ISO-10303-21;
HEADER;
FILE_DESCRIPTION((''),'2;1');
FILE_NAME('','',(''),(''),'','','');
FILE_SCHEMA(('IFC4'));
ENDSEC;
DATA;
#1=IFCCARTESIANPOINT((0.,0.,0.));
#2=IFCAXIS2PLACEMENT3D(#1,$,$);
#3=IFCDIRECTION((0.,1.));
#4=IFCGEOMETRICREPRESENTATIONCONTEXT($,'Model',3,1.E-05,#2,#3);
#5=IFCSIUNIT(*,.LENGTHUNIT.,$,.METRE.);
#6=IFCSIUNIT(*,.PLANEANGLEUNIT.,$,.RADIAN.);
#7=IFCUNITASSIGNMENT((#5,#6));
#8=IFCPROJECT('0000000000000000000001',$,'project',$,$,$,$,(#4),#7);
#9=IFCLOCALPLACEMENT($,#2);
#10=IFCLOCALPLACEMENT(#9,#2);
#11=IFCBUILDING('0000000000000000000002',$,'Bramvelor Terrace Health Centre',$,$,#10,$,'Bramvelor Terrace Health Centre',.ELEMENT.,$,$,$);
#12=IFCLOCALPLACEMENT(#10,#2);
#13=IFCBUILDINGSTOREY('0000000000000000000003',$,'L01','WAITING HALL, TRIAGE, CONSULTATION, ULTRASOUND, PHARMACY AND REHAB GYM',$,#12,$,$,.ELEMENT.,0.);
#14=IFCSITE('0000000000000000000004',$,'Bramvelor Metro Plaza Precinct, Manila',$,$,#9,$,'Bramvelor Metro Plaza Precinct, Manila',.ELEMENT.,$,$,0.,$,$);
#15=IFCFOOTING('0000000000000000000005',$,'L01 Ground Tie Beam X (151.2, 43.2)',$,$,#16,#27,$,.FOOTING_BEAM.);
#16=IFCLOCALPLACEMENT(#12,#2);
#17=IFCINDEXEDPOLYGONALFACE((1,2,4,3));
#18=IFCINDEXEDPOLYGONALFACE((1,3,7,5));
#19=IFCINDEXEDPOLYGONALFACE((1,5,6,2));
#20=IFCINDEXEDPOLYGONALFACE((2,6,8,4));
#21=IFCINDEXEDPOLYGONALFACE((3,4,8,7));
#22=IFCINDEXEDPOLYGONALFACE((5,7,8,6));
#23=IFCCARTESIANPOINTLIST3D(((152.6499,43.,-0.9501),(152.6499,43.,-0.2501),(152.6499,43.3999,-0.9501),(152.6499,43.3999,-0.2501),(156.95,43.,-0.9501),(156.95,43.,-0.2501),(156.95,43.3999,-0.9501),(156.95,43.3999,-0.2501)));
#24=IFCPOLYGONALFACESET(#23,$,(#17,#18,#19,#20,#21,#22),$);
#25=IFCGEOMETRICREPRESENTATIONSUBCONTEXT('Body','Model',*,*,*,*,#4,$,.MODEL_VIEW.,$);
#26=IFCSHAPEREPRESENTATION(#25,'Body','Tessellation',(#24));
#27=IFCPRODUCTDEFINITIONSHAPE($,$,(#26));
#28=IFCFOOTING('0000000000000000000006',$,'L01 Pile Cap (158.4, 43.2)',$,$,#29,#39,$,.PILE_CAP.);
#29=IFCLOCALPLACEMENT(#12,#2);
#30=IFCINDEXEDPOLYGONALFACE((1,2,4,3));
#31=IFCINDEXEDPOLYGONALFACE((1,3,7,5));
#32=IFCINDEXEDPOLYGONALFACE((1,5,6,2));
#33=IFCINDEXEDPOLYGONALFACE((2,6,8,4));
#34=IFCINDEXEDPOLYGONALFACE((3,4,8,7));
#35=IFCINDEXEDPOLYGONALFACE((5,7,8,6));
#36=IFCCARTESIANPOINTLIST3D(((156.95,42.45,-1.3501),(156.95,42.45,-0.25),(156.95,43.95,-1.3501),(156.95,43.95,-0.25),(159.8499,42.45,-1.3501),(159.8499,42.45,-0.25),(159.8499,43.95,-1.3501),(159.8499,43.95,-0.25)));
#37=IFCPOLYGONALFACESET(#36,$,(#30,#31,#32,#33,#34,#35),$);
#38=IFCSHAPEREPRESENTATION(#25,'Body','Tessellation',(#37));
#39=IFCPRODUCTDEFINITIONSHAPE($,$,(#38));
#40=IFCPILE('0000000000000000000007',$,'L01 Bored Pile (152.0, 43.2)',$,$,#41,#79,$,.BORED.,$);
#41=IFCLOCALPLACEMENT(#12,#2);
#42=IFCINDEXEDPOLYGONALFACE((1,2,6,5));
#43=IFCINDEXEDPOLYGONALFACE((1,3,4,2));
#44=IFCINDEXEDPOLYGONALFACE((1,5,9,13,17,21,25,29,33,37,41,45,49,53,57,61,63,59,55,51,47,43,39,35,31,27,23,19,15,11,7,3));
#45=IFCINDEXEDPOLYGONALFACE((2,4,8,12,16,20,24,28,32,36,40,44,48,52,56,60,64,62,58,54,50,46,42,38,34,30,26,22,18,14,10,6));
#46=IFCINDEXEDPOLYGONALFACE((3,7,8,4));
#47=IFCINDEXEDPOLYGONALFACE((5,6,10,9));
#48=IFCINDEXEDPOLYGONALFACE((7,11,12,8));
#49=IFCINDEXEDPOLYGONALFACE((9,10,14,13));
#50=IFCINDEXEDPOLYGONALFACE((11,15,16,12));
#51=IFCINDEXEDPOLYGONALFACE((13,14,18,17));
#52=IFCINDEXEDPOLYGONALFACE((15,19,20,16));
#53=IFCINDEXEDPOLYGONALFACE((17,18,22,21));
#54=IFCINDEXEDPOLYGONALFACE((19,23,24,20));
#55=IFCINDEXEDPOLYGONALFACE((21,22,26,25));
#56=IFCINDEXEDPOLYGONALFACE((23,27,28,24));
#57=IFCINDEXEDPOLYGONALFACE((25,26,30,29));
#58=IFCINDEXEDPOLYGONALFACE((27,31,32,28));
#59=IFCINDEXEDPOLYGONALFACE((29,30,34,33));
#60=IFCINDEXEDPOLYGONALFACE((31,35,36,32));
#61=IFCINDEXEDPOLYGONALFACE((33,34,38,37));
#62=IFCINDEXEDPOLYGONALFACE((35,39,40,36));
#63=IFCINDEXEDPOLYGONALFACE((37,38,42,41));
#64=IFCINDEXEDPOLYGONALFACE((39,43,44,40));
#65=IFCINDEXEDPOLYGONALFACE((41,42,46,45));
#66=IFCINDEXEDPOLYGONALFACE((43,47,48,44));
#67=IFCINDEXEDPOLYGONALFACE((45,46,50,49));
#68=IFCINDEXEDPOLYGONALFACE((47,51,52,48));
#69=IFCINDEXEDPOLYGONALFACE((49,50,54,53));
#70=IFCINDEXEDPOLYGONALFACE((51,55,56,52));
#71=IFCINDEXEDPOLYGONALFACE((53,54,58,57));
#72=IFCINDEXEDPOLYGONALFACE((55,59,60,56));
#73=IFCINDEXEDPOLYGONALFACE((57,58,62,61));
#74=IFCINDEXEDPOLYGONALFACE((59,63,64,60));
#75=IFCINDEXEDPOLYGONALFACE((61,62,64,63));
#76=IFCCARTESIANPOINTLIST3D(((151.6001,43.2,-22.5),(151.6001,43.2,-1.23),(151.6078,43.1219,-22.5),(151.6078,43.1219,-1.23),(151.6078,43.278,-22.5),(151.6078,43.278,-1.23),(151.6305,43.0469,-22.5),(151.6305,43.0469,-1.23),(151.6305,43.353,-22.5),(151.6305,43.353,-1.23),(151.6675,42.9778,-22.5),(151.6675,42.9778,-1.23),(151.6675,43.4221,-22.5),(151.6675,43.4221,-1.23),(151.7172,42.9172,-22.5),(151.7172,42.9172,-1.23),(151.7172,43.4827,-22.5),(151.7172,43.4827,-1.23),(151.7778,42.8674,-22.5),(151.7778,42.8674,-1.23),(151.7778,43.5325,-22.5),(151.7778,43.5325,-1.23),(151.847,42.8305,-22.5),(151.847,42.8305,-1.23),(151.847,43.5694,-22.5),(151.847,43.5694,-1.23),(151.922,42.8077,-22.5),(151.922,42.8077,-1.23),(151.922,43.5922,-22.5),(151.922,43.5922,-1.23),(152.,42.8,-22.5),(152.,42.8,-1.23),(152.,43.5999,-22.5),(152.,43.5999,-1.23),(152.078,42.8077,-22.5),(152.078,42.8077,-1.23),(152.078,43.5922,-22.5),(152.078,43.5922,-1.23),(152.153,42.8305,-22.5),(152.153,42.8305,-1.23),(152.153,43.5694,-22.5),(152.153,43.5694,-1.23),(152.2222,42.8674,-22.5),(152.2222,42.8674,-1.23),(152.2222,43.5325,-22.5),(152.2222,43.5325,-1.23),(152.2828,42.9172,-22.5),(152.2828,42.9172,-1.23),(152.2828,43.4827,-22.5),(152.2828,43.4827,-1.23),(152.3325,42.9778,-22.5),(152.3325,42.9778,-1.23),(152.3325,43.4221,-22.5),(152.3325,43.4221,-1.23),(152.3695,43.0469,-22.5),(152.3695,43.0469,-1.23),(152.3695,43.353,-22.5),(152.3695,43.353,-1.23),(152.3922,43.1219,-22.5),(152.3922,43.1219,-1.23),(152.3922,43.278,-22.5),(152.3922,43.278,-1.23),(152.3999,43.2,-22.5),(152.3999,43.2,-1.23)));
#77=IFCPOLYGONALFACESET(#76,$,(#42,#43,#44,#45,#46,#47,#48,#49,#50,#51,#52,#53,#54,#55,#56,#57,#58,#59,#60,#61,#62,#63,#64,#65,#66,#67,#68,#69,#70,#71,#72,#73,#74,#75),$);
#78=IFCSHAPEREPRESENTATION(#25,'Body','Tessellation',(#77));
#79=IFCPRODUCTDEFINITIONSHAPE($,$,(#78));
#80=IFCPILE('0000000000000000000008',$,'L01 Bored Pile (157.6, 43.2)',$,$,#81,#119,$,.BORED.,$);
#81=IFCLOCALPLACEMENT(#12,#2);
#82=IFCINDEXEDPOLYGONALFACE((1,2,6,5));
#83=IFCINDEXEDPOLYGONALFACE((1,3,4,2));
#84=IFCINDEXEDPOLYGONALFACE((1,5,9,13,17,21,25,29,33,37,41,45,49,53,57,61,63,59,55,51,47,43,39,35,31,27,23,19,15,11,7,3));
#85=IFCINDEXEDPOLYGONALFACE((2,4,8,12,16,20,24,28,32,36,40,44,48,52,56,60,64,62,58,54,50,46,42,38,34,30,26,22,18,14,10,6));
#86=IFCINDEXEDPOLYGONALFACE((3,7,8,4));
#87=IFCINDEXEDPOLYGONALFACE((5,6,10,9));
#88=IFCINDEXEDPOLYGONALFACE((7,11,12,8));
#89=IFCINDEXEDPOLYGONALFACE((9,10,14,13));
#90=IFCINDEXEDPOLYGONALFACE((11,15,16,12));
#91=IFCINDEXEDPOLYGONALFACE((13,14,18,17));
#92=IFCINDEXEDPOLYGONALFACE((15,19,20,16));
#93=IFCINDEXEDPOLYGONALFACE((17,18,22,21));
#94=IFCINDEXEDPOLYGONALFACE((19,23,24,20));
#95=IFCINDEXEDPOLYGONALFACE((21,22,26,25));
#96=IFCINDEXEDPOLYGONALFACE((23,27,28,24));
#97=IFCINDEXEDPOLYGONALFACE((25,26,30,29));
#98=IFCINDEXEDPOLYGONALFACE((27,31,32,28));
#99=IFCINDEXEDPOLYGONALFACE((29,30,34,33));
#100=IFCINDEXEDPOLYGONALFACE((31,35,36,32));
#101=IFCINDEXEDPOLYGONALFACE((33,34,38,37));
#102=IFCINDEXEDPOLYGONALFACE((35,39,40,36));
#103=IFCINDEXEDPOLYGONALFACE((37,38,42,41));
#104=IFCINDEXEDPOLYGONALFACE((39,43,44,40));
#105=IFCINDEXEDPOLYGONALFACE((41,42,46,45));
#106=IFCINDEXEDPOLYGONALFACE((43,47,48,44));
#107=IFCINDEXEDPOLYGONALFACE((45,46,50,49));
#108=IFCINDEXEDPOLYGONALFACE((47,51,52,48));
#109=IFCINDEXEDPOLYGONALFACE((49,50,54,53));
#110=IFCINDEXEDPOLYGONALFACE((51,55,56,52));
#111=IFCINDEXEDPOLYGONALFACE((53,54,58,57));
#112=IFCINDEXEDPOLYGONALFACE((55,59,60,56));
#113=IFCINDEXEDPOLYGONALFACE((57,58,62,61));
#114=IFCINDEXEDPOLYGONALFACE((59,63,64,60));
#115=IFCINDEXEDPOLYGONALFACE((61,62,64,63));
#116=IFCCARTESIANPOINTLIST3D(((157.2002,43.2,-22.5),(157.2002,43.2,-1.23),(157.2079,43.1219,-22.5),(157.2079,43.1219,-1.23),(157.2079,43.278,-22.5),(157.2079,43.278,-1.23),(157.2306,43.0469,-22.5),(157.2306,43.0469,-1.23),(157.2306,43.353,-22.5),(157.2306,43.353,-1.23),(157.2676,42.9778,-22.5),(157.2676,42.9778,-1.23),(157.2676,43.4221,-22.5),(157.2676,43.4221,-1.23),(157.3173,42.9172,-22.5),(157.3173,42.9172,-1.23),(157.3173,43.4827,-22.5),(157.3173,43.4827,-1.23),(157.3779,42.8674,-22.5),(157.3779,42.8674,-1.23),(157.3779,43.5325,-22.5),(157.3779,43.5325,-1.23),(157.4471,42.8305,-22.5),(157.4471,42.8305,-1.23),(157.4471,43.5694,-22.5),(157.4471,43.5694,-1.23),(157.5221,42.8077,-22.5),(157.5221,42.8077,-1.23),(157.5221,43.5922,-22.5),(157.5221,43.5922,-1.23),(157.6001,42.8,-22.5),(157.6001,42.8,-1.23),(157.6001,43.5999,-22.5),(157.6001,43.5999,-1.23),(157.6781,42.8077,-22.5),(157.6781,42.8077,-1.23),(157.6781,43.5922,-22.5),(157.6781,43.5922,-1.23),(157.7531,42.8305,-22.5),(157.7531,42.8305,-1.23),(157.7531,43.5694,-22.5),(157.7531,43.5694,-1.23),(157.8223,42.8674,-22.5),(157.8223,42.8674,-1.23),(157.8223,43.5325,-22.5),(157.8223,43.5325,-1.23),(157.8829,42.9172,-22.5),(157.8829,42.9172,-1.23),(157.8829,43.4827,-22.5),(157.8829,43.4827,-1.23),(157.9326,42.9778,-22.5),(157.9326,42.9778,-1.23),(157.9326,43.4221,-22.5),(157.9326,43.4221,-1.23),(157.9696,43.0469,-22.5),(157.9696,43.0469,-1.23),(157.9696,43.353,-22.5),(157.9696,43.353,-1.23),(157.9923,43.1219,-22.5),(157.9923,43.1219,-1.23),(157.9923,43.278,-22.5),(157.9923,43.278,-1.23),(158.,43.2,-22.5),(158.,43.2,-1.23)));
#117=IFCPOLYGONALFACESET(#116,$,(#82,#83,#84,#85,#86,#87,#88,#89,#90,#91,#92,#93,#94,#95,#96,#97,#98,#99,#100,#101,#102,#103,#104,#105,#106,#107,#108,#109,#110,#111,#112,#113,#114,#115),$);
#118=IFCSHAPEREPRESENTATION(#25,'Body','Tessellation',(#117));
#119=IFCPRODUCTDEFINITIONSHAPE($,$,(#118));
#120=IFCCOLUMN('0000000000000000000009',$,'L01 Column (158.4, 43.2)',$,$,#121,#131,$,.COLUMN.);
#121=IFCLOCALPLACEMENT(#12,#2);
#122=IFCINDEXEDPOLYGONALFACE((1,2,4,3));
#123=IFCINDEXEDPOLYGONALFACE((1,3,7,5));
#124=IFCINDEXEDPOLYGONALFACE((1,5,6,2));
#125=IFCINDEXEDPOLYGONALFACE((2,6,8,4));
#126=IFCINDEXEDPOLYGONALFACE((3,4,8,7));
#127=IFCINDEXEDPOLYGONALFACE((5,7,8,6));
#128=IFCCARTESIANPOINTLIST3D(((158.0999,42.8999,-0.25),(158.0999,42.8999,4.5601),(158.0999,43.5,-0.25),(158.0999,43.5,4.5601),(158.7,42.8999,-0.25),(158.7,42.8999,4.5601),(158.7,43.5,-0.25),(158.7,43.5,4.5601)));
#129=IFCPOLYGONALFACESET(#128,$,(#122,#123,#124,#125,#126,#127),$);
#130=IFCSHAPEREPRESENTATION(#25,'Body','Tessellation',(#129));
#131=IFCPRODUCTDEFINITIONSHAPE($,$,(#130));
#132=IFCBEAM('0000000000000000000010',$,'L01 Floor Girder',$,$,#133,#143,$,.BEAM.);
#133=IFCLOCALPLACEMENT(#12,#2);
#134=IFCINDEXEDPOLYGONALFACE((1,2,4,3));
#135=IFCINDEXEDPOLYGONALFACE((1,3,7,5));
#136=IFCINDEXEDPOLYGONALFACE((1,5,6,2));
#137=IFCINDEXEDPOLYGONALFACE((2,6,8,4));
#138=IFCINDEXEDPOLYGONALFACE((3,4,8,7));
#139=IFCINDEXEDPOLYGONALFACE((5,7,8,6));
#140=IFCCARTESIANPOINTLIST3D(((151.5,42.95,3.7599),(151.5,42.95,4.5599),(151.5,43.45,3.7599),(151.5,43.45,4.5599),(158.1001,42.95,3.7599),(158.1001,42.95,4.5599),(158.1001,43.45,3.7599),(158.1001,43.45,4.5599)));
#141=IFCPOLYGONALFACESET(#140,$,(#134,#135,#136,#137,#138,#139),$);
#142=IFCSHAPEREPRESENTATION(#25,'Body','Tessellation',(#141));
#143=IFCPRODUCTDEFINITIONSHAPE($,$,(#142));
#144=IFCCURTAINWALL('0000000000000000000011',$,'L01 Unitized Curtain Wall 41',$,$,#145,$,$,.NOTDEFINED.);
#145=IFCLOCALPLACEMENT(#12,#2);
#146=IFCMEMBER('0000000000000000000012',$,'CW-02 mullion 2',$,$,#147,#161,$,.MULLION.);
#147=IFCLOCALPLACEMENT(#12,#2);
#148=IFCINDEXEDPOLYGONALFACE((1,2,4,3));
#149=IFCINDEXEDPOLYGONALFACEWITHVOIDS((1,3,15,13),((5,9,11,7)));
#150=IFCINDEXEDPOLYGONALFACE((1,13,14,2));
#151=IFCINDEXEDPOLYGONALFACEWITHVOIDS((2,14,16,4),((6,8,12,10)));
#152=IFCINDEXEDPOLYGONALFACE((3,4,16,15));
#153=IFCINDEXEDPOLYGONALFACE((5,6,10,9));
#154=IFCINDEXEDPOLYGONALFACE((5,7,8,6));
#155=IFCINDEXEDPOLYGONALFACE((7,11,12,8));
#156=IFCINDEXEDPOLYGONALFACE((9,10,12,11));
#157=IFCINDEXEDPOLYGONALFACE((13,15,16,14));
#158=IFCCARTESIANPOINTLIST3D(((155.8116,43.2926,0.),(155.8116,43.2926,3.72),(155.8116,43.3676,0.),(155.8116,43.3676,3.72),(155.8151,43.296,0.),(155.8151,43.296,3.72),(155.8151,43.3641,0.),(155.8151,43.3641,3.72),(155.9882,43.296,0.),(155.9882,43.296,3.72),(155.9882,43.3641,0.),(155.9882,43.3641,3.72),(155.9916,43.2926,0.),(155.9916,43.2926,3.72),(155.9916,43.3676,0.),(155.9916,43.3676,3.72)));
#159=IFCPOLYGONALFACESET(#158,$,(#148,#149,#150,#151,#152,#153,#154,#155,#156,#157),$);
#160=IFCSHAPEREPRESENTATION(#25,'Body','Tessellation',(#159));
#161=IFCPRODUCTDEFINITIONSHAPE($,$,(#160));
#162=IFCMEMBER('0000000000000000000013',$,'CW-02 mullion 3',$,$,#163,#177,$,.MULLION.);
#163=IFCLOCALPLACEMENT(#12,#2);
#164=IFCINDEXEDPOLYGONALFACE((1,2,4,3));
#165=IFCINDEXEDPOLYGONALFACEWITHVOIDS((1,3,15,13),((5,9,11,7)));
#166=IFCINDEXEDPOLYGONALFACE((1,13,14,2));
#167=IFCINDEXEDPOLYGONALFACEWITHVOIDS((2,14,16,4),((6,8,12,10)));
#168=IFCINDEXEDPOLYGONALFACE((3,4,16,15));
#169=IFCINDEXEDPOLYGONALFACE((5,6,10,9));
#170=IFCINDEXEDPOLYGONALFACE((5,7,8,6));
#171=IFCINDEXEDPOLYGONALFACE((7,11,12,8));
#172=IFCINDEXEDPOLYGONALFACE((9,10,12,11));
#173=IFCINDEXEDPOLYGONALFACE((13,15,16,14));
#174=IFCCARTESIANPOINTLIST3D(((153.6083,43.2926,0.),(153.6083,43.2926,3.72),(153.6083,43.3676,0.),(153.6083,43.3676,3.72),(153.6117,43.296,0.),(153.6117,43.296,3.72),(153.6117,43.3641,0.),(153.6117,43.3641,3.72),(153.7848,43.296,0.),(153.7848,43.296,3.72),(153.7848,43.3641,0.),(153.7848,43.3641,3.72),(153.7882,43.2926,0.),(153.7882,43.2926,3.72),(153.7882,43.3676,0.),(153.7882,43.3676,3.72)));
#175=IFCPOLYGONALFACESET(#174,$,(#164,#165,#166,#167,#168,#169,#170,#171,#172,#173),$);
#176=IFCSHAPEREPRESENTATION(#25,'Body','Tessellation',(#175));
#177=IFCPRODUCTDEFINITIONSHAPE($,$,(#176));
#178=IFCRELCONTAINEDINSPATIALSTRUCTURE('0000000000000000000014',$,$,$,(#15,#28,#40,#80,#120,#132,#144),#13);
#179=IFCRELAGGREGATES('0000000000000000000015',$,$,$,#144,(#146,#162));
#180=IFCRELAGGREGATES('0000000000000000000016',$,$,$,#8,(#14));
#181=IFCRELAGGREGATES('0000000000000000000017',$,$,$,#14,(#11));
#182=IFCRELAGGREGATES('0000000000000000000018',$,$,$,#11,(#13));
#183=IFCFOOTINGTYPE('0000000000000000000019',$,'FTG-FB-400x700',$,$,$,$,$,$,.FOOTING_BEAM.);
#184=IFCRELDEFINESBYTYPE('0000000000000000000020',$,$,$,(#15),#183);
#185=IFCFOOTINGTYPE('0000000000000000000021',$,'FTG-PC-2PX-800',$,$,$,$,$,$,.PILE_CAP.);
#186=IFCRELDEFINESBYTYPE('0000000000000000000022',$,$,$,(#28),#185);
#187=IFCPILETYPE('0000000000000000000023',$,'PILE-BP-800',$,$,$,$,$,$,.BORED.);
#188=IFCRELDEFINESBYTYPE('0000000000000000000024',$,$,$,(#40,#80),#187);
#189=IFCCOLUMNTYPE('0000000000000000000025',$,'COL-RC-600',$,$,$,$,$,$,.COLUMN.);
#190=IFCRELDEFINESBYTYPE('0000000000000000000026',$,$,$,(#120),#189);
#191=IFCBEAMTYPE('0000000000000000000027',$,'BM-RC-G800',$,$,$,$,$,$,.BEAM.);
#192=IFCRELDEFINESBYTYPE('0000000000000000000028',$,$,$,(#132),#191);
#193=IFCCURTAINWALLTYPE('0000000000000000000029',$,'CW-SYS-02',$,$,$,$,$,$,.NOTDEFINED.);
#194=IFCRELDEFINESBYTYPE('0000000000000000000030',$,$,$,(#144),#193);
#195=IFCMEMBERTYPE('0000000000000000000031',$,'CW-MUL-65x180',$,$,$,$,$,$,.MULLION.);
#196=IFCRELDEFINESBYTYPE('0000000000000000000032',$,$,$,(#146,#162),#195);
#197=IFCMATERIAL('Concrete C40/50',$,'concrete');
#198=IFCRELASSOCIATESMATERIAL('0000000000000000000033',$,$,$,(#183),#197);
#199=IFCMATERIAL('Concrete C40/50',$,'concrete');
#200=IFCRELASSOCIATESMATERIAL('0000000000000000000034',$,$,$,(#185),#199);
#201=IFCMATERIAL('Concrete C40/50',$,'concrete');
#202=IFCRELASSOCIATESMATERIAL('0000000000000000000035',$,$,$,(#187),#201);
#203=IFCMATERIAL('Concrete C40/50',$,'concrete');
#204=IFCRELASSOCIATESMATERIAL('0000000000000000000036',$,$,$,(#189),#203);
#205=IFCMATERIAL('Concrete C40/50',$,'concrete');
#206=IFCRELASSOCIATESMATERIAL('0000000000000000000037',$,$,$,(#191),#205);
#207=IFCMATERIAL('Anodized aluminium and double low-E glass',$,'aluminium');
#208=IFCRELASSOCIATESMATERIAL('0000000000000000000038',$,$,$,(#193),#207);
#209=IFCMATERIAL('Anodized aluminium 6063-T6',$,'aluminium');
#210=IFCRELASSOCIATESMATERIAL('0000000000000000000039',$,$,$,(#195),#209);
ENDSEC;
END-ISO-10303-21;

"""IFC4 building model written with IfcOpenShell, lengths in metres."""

from ifc_helpers import new_model, si_unit, direction, frame, origin, origin_2d, place, context, subcontext, project, spatial, rectangle, hollow_rectangle, circle, extrude, material, material_profile, profile_set, type_object, element, aggregate, save


model = new_model("IFC4")

# Units and contexts
model_context = context("Model", 3, precision=1e-05, world=origin(), true_north=direction((0.0, 1.0)))
body_context = subcontext(model_context, "Body", "Model", "MODEL_VIEW")
ifc_project = project(units=[si_unit("LENGTHUNIT", "METRE"), si_unit("PLANEANGLEUNIT", "RADIAN")], contexts=[model_context])

# Site, building, storey
site_placement = place(None, origin())
site = spatial("IfcSite", under=ifc_project, at=site_placement, Name="Bramvelor Metro Plaza Precinct, Manila", LongName="Bramvelor Metro Plaza Precinct, Manila", CompositionType="ELEMENT", RefElevation=0.0)
building_placement = place(site_placement, origin())
building = spatial("IfcBuilding", under=site, at=building_placement, Name="Bramvelor Terrace Health Centre", LongName="Bramvelor Terrace Health Centre", CompositionType="ELEMENT")
storey_placement = place(building_placement, origin())
storey = spatial("IfcBuildingStorey", under=building, at=storey_placement, Name="L01", Description="WAITING HALL, TRIAGE, CONSULTATION, ULTRASOUND, PHARMACY AND REHAB GYM", CompositionType="ELEMENT", Elevation=0.0)

# Footings
ifc_material_1 = material(Name="Concrete C40/50", Category="concrete")
ifc_material_profile_1 = material_profile(ifc_material_1, rectangle(XDim=0.3999, YDim=0.7, at=origin_2d()), Name="RC 400x700")
ifc_profile_set_1 = profile_set([ifc_material_profile_1], Name="Concrete C40/50")
footing_type_1 = type_object("IfcFootingType", Name="FTG-FB-400x700", PredefinedType="FOOTING_BEAM", material=ifc_profile_set_1)
footing_1_placement = place(storey_placement, frame((152.6499, 43.2, -0.6001), z_axis=(1.0, 0.0, 0.0), x_axis=(0.0, 1.0, 0.0)))
element("IfcFooting", 1, at=footing_1_placement, inside=storey, type_object=footing_type_1, Name="L01 Ground Tie Beam X (151.2, 43.2)", PredefinedType="FOOTING_BEAM", context=body_context, shape_type="SweptSolid", body=[
    extrude(rectangle(XDim=0.3999, YDim=0.7, at=origin_2d()), origin(), (0.0, 0.0, 1.0), 4.3),
])
ifc_material_2 = material(Name="Concrete C40/50", Category="concrete")
footing_type_2 = type_object("IfcFootingType", Name="FTG-PC-2PX-800", PredefinedType="PILE_CAP", material=ifc_material_2)
footing_2_placement = place(storey_placement, frame((158.3999, 43.2, -1.3501), z_axis=(0.0, 0.0, 1.0), x_axis=(1.0, 0.0, 0.0)))
element("IfcFooting", 2, at=footing_2_placement, inside=storey, type_object=footing_type_2, Name="L01 Pile Cap (158.4, 43.2)", PredefinedType="PILE_CAP", context=body_context, shape_type="SweptSolid", body=[
    extrude(rectangle(XDim=2.8999, YDim=1.5, at=origin_2d()), origin(), (0.0, 0.0, 1.0), 1.1001),
])

# Piles
ifc_material_3 = material(Name="Concrete C40/50", Category="concrete")
ifc_material_profile_2 = material_profile(ifc_material_3, circle(Radius=0.3999, at=origin_2d()), Name="BP D800")
ifc_profile_set_2 = profile_set([ifc_material_profile_2], Name="Concrete C40/50")
pile_type = type_object("IfcPileType", Name="PILE-BP-800", PredefinedType="BORED", material=ifc_profile_set_2)
for number, where, z_axis, x_axis, name in (
    (3, (152.0, 43.2, -1.23), (0.0, 0.0, -1.0), (1.0, 0.0, 0.0), "L01 Bored Pile (152.0, 43.2)"),
    (4, (157.6001, 43.2, -1.23), (0.0, 0.0, -1.0), (1.0, 0.0, 0.0), "L01 Bored Pile (157.6, 43.2)"),
):
    element("IfcPile", number, at=place(storey_placement, frame(where, z_axis=z_axis, x_axis=x_axis)), inside=storey, type_object=pile_type, Name=name, PredefinedType="BORED", context=body_context, shape_type="SweptSolid", body=[
        extrude(circle(Radius=0.3999, at=origin_2d()), origin(), (0.0, 0.0, 1.0), 21.27),
    ])

# Column
ifc_material_4 = material(Name="Concrete C40/50", Category="concrete")
ifc_material_profile_3 = material_profile(ifc_material_4, rectangle(XDim=0.6001, YDim=0.6001, at=origin_2d()), Name="RC 600x600")
ifc_profile_set_3 = profile_set([ifc_material_profile_3], Name="Concrete C40/50")
column_type = type_object("IfcColumnType", Name="COL-RC-600", PredefinedType="COLUMN", material=ifc_profile_set_3)
column_placement = place(storey_placement, frame((158.3999, 43.2, -0.25), z_axis=(0.0, 0.0, 1.0), x_axis=(1.0, 0.0, 0.0)))
element("IfcColumn", 5, at=column_placement, inside=storey, type_object=column_type, Name="L01 Column (158.4, 43.2)", PredefinedType="COLUMN", context=body_context, shape_type="SweptSolid", body=[
    extrude(rectangle(XDim=0.6001, YDim=0.6001, at=origin_2d()), origin(), (0.0, 0.0, 1.0), 4.8101),
])

# Beam
ifc_material_5 = material(Name="Concrete C40/50", Category="concrete")
ifc_material_profile_4 = material_profile(ifc_material_5, rectangle(XDim=0.5, YDim=0.8, at=origin_2d()), Name="RC 500x800")
ifc_profile_set_4 = profile_set([ifc_material_profile_4], Name="Concrete C40/50")
beam_type = type_object("IfcBeamType", Name="BM-RC-G800", PredefinedType="BEAM", material=ifc_profile_set_4)
beam_placement = place(storey_placement, frame((151.5, 43.2, 4.1599), z_axis=(1.0, 0.0, 0.0), x_axis=(0.0, 1.0, 0.0)))
element("IfcBeam", 6, at=beam_placement, inside=storey, type_object=beam_type, Name="L01 Floor Girder", PredefinedType="BEAM", context=body_context, shape_type="SweptSolid", body=[
    extrude(rectangle(XDim=0.5, YDim=0.8, at=origin_2d()), origin(), (0.0, 0.0, 1.0), 6.6001),
])

# Curtain wall, members
ifc_material_6 = material(Name="Anodized aluminium and double low-E glass", Category="aluminium")
curtain_wall_type = type_object("IfcCurtainWallType", Name="CW-SYS-02", PredefinedType="NOTDEFINED", material=ifc_material_6)
curtain_wall_placement = place(storey_placement, origin())
curtain_wall = element("IfcCurtainWall", 7, at=curtain_wall_placement, inside=storey, type_object=curtain_wall_type, Name="L01 Unitized Curtain Wall 41", PredefinedType="NOTDEFINED")
ifc_material_7 = material(Name="Anodized aluminium 6063-T6", Category="aluminium")
ifc_material_profile_5 = material_profile(ifc_material_7, hollow_rectangle(XDim=0.075, YDim=0.1799, WallThickness=0.0034, at=origin_2d()), Name="ALU-MUL 75x180x3.5")
ifc_profile_set_5 = profile_set([ifc_material_profile_5], Name="Anodized aluminium 6063-T6")
member_type_1 = type_object("IfcMemberType", Name="CW-MUL-65x180", PredefinedType="MULLION", material=ifc_profile_set_5)
member_1_placement = place(storey_placement, frame((155.9016, 43.3301, 0.0), z_axis=(0.0, 0.0, 1.0), x_axis=(0.0, -1.0, 0.0)))
member_1 = element("IfcMember", 8, at=member_1_placement, type_object=member_type_1, Name="CW-02 mullion 2", PredefinedType="MULLION", context=body_context, shape_type="SweptSolid", body=[
    extrude(hollow_rectangle(XDim=0.075, YDim=0.1799, WallThickness=0.0034, at=origin_2d()), origin(), (0.0, 0.0, 1.0), 3.72),
])
member_2_placement = place(storey_placement, frame((153.6982, 43.3301, 0.0), z_axis=(0.0, 0.0, 1.0), x_axis=(0.0, -1.0, 0.0)))
member_2 = element("IfcMember", 9, at=member_2_placement, type_object=member_type_1, Name="CW-02 mullion 3", PredefinedType="MULLION", context=body_context, shape_type="SweptSolid", body=[
    extrude(hollow_rectangle(XDim=0.075, YDim=0.1799, WallThickness=0.0034, at=origin_2d()), origin(), (0.0, 0.0, 1.0), 3.72),
])
aggregate(curtain_wall, [member_1, member_2])

save(model, "model.ifc")
